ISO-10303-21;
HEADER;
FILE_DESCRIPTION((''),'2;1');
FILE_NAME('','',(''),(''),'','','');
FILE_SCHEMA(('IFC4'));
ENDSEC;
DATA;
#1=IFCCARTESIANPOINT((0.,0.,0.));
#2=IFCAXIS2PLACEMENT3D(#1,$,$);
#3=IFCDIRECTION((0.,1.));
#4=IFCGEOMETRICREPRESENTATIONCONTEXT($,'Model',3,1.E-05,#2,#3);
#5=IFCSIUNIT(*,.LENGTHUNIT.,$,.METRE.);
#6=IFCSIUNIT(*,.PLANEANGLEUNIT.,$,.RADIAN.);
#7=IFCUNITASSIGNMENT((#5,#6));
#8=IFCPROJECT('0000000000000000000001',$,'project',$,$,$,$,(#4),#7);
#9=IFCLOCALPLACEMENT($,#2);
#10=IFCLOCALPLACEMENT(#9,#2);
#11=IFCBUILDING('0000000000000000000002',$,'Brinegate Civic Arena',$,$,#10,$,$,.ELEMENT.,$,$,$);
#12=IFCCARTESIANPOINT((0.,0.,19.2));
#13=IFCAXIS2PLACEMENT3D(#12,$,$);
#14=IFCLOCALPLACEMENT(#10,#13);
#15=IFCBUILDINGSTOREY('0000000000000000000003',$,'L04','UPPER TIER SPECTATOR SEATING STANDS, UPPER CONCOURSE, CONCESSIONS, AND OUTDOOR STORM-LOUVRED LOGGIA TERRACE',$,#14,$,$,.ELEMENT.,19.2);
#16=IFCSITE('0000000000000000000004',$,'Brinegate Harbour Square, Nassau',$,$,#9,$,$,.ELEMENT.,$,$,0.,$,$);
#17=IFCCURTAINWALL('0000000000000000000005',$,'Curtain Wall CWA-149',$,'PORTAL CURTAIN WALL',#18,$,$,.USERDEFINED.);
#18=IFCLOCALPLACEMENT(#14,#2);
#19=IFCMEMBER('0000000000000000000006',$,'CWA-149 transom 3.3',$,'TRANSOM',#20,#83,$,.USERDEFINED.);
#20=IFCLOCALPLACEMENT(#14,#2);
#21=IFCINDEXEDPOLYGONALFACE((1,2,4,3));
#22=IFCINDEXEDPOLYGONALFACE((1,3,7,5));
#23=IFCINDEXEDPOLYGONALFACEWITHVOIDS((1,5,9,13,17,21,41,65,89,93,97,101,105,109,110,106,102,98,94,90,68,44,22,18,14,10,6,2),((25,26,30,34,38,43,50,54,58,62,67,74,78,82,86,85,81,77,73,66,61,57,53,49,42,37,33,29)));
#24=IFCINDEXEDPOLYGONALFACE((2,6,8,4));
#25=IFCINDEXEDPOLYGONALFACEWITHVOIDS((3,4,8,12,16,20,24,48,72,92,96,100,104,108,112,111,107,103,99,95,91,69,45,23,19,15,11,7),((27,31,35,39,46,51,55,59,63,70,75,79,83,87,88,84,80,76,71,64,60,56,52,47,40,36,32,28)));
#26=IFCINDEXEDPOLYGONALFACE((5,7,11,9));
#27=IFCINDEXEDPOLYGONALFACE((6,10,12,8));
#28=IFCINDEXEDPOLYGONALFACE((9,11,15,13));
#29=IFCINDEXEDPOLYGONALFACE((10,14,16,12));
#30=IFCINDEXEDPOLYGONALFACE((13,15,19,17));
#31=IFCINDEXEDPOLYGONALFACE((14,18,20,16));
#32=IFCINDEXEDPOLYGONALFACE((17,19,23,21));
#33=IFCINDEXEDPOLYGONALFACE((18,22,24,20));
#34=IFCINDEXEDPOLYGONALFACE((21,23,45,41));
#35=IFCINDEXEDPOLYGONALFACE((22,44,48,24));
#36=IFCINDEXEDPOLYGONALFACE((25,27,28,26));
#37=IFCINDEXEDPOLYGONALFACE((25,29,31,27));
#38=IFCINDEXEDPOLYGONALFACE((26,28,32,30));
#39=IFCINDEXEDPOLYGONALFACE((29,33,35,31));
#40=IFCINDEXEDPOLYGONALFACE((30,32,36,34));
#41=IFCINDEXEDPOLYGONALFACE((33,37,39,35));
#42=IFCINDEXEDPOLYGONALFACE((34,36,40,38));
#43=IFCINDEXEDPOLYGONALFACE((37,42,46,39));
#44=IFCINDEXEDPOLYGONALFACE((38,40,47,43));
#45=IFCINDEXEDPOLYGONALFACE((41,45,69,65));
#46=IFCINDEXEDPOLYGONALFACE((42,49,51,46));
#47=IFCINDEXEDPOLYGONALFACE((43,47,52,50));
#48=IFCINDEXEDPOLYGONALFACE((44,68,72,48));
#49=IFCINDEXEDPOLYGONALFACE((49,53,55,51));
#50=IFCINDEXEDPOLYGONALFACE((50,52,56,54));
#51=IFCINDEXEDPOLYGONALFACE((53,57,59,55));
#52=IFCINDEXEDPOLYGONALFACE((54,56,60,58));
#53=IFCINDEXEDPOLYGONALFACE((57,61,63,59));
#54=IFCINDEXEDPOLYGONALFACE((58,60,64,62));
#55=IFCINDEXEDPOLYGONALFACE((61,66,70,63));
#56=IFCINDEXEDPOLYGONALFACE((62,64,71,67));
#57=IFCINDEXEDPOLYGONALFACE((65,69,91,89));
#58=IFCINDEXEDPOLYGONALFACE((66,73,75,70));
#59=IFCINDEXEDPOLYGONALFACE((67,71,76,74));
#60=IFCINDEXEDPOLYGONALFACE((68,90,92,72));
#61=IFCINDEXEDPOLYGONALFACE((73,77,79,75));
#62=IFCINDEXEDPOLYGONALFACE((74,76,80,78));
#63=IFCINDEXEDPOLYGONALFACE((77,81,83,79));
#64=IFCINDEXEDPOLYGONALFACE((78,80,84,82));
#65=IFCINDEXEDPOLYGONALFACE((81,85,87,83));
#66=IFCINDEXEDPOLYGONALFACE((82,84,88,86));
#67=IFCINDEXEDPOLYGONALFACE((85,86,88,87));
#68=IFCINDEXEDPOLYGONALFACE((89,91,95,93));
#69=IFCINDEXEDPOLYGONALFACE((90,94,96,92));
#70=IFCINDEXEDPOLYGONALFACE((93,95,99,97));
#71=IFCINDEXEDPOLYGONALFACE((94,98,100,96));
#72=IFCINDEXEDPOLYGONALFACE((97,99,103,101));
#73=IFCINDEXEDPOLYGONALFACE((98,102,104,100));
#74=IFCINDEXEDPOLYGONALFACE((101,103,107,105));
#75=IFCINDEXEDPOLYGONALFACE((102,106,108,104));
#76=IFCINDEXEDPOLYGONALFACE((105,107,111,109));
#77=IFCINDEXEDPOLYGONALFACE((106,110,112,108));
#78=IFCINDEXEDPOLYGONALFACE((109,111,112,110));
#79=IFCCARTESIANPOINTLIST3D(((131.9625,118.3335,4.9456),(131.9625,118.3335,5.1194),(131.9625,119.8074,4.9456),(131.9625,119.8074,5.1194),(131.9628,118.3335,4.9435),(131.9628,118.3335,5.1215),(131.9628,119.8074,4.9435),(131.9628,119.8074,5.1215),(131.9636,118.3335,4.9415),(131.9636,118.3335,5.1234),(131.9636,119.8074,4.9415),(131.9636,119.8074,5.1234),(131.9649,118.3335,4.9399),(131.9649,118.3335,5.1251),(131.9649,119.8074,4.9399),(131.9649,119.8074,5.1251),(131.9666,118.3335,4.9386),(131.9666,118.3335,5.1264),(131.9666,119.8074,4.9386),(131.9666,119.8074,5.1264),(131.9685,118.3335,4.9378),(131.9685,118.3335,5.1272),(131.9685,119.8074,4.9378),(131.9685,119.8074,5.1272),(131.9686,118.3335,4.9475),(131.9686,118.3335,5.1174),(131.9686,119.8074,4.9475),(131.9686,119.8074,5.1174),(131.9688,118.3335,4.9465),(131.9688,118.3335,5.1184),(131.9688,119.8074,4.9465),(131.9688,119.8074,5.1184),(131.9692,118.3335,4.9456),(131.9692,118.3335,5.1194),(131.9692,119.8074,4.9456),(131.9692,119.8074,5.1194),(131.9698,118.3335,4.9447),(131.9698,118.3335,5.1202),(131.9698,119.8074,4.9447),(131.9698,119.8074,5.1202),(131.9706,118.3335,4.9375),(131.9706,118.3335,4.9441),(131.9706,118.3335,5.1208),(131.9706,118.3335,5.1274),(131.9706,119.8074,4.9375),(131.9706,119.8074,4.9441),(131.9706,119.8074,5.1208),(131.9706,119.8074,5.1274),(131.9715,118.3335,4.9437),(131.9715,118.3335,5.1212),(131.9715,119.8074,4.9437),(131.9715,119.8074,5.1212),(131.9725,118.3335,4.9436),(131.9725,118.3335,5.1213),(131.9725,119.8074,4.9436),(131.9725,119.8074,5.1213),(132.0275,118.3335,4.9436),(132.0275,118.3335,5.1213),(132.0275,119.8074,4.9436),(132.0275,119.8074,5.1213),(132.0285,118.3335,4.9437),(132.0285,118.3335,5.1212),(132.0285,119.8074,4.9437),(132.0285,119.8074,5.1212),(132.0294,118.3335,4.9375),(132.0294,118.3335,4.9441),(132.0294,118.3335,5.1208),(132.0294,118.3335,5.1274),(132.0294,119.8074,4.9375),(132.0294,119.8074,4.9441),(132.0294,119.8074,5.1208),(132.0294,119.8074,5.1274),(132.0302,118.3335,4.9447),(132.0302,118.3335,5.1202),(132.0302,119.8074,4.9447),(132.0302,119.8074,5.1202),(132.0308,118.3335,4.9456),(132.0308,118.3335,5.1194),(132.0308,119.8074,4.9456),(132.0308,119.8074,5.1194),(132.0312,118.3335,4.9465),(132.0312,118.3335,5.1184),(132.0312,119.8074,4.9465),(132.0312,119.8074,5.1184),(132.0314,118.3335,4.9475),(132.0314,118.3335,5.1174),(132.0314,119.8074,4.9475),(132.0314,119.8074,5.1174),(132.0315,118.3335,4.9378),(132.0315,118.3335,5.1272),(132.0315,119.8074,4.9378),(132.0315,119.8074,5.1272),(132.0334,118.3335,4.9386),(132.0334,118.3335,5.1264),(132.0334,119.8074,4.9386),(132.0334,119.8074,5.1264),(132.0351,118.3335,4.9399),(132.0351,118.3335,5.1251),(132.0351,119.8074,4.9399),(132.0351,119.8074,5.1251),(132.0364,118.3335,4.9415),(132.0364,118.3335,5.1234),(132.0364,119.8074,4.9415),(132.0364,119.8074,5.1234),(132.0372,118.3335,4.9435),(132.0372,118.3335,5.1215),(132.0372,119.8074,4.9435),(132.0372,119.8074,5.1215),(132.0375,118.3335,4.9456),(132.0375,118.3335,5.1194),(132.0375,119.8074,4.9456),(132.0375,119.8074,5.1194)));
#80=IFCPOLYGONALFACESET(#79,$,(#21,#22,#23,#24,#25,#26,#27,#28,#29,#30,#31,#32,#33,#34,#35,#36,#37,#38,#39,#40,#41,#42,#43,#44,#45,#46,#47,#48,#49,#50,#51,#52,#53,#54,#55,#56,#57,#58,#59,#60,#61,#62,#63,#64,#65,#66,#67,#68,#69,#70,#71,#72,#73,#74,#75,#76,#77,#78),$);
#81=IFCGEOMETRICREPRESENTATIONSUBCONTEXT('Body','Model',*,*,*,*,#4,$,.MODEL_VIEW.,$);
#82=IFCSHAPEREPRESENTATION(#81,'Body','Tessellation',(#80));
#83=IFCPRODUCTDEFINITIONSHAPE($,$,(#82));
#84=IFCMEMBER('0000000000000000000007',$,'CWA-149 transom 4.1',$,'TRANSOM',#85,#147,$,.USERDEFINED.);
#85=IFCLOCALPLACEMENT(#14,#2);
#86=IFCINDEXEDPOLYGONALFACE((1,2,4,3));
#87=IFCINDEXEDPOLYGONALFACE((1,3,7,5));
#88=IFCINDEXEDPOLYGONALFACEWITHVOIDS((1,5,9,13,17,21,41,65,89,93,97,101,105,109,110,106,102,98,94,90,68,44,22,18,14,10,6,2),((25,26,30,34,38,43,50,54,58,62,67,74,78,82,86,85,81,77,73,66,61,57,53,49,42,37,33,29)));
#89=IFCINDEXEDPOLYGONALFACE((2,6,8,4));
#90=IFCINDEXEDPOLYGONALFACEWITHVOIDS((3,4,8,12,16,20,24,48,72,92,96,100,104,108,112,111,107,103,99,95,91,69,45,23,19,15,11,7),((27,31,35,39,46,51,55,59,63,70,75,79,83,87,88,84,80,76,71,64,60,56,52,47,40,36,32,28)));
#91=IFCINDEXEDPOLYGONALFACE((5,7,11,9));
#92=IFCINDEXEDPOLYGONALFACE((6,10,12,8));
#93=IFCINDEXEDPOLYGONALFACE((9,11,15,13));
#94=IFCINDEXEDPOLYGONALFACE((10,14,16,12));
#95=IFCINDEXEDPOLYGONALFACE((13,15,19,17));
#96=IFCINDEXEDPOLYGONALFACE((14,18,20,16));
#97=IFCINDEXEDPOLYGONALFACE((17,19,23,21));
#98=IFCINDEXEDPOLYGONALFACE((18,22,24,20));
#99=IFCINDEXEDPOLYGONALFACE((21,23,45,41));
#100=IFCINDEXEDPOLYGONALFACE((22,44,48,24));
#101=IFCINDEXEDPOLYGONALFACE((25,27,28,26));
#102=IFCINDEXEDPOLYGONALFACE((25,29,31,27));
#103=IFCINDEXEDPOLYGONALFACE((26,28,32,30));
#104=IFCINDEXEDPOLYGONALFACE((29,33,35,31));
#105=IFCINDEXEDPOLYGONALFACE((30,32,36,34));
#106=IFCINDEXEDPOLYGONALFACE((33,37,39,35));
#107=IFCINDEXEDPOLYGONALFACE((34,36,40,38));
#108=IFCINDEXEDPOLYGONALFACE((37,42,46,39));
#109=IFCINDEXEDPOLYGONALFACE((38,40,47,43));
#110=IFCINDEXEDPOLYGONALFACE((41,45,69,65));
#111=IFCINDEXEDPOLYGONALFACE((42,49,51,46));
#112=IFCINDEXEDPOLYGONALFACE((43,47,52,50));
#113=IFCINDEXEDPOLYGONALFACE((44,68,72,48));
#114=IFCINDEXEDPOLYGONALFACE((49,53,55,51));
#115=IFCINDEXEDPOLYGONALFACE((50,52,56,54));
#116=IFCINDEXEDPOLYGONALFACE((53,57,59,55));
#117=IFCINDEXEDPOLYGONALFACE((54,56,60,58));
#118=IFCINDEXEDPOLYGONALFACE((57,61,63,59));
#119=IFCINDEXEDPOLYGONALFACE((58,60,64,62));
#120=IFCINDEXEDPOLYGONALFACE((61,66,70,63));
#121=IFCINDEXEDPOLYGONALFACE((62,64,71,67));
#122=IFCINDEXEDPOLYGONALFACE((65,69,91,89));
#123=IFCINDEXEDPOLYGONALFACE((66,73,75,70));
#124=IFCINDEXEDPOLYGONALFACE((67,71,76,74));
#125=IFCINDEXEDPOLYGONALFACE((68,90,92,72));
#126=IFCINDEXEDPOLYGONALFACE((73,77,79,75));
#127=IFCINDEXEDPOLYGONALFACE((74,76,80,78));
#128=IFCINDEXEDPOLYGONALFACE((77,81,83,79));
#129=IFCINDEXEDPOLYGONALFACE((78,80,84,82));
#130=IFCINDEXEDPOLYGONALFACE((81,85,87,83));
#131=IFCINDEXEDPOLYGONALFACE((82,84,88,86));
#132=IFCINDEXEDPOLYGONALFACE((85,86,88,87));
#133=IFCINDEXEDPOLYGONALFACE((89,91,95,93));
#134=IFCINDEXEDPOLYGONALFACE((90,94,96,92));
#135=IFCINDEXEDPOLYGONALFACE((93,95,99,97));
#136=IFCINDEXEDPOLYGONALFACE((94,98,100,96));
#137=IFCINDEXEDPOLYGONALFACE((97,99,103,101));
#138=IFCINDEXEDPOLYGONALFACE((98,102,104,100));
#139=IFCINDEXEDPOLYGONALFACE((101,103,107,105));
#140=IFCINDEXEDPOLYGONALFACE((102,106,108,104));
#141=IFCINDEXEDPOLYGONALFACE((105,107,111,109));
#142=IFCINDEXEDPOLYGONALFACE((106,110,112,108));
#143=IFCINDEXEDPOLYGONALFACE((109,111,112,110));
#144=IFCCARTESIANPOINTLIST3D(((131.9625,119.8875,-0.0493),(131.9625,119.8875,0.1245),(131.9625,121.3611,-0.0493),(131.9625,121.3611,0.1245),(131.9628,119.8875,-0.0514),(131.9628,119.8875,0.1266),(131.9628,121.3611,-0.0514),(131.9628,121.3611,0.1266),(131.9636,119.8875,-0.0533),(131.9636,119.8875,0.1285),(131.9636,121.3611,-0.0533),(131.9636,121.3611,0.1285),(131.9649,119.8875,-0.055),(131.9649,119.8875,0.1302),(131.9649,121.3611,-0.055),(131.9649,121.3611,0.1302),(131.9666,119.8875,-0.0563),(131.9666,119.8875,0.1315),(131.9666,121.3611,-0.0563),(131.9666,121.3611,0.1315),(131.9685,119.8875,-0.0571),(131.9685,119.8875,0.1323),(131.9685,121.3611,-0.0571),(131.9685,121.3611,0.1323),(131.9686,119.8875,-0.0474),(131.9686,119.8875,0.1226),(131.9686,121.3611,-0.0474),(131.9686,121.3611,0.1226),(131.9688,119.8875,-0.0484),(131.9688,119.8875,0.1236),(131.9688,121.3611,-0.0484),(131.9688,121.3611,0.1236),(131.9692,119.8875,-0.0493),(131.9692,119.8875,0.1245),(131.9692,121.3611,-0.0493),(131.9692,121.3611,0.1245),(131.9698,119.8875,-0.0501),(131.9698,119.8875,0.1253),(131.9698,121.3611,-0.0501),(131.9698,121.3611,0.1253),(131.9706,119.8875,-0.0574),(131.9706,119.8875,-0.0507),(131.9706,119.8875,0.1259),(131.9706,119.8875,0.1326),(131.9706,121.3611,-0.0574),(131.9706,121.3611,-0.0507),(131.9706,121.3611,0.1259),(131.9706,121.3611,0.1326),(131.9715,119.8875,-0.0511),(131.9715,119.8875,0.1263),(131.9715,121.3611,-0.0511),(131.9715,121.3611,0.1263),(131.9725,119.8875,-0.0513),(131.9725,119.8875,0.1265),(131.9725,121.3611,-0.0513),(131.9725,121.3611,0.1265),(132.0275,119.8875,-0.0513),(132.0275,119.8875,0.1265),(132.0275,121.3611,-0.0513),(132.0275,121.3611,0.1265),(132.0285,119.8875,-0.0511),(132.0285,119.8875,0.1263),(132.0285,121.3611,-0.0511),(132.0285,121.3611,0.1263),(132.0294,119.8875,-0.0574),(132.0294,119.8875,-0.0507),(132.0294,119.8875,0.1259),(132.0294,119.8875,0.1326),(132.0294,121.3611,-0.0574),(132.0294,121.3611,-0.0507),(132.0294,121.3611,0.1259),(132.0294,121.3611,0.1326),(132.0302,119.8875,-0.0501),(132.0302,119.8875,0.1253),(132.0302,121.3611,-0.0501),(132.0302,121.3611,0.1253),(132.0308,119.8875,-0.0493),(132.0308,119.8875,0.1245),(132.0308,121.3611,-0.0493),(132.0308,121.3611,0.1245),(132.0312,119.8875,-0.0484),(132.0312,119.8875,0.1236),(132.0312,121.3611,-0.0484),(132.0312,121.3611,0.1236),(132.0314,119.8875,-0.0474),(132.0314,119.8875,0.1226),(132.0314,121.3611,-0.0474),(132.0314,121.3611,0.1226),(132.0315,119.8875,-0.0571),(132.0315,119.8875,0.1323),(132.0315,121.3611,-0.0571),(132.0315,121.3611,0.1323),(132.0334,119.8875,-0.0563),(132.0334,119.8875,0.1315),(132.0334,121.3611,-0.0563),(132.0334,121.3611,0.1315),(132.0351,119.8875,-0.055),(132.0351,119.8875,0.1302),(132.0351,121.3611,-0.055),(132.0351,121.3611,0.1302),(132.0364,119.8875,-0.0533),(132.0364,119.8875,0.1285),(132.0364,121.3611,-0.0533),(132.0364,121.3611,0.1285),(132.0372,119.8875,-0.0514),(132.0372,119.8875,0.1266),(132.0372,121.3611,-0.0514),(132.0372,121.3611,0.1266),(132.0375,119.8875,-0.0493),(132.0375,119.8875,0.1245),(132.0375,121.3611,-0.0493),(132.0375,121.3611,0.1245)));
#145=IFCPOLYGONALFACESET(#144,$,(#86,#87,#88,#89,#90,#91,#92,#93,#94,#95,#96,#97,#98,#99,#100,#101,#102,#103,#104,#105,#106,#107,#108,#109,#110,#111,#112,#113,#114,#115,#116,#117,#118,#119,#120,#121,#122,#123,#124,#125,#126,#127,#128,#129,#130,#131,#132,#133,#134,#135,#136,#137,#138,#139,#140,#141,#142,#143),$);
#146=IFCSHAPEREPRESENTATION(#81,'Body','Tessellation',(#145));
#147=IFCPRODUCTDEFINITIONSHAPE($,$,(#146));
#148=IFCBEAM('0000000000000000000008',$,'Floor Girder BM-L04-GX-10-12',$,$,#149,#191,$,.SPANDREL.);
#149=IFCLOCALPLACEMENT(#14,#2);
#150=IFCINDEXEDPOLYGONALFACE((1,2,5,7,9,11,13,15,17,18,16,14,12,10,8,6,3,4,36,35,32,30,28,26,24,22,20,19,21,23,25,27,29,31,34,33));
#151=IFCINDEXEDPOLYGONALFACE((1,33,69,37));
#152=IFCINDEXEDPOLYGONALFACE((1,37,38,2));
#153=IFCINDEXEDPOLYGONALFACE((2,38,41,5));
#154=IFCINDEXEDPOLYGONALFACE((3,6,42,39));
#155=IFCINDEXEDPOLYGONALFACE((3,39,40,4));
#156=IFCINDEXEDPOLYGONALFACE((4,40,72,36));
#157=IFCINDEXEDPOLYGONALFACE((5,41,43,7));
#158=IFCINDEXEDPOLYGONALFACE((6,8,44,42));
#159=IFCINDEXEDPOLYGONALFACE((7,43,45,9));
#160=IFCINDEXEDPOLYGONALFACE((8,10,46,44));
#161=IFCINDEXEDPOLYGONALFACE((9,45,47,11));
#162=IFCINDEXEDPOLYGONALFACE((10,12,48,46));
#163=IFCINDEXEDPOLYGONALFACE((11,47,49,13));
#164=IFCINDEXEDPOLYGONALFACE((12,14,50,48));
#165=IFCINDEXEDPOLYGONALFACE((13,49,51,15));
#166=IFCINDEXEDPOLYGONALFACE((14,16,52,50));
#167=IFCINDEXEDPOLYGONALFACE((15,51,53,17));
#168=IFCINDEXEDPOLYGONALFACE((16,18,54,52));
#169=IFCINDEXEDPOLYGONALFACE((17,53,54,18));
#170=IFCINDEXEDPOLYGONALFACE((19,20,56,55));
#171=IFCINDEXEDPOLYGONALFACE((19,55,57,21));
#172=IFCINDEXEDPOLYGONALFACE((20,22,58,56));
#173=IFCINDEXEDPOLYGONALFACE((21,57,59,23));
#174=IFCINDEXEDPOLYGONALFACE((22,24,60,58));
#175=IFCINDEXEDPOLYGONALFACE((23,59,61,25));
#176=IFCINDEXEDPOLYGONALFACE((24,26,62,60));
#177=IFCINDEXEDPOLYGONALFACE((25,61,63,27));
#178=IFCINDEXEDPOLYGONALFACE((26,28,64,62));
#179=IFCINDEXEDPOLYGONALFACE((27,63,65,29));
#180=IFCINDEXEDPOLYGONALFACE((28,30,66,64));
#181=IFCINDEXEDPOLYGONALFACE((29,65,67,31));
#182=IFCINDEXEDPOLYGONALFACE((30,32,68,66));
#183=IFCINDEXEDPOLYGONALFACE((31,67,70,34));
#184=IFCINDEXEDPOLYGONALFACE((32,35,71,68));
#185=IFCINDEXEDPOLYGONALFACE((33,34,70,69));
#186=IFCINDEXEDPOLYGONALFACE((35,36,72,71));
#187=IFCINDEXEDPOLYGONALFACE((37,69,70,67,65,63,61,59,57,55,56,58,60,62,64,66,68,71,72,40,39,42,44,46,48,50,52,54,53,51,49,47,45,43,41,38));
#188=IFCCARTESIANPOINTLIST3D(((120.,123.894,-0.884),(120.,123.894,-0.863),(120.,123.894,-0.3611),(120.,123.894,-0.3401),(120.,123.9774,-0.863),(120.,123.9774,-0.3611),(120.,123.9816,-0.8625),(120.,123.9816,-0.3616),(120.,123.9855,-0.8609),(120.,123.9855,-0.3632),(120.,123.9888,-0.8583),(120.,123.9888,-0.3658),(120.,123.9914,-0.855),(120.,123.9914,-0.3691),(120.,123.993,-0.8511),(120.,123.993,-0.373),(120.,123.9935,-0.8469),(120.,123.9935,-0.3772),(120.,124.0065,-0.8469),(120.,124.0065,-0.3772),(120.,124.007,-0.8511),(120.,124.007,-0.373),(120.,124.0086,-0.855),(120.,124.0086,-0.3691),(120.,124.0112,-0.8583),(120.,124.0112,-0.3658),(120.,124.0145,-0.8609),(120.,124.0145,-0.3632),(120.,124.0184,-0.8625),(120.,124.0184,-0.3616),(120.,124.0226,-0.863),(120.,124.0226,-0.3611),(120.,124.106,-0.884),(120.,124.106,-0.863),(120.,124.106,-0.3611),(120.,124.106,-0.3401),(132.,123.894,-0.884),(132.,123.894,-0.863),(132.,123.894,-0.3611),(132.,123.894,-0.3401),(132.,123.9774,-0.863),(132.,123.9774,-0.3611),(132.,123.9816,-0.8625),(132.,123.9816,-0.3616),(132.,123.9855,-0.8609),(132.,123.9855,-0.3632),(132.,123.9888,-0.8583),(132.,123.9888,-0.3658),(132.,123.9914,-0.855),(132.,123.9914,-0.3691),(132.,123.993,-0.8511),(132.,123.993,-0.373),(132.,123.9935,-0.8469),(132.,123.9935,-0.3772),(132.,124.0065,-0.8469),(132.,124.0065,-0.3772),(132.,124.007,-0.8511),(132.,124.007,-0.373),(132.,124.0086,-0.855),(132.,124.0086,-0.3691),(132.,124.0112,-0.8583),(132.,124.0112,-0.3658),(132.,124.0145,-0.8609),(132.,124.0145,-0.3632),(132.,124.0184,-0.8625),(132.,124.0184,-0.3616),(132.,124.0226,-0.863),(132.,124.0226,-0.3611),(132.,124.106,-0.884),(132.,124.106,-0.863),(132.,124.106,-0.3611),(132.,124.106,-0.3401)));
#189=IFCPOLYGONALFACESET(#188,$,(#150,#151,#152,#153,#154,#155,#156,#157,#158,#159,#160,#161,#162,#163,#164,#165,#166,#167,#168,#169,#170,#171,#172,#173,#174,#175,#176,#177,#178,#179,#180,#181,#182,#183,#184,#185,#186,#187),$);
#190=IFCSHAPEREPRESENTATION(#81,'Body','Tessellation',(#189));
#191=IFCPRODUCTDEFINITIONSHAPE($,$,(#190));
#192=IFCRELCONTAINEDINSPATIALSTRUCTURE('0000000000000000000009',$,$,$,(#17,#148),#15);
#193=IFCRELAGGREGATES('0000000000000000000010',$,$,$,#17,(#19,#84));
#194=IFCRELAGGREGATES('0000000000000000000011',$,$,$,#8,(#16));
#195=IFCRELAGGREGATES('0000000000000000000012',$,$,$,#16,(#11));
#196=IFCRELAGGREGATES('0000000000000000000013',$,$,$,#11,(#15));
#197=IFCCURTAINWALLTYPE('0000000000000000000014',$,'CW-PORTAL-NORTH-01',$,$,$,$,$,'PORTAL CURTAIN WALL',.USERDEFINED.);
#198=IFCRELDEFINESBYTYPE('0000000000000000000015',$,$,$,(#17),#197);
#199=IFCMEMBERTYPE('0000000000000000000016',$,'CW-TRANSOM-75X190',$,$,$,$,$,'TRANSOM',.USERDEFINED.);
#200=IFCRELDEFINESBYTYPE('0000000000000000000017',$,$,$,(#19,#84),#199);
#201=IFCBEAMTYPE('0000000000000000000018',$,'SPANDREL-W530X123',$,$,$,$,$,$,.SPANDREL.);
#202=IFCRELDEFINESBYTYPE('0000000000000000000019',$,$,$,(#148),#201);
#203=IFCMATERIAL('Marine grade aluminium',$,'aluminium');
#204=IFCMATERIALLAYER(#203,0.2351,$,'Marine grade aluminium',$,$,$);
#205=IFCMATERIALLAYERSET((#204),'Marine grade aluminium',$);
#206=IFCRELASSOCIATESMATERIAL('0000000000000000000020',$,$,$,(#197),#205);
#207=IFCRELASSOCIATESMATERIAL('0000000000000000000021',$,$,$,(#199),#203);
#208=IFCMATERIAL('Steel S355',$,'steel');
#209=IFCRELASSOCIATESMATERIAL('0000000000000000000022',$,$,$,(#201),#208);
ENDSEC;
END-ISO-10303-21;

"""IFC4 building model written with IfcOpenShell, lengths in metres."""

from ifc_helpers import new_model, si_unit, direction, frame, origin, origin_2d, place, context, subcontext, project, spatial, hollow_rectangle, i_section, extrude, material, layer, layer_set, material_profile, profile_set, type_object, element, aggregate, save


model = new_model("IFC4")

# Units and contexts
model_context = context("Model", 3, precision=1e-05, world=origin(), true_north=direction((0.0, 1.0)))
body_context = subcontext(model_context, "Body", "Model", "MODEL_VIEW")
ifc_project = project(units=[si_unit("LENGTHUNIT", "METRE"), si_unit("PLANEANGLEUNIT", "RADIAN")], contexts=[model_context])

# Site, building, storey
site_placement = place(None, origin())
site = spatial("IfcSite", under=ifc_project, at=site_placement, Name="Brinegate Harbour Square, Nassau", CompositionType="ELEMENT", RefElevation=0.0)
building_placement = place(site_placement, origin())
building = spatial("IfcBuilding", under=site, at=building_placement, Name="Brinegate Civic Arena", CompositionType="ELEMENT")
storey_placement = place(building_placement, frame((0.0, 0.0, 19.2)))
storey = spatial("IfcBuildingStorey", under=building, at=storey_placement, Name="L04", Description="UPPER TIER SPECTATOR SEATING STANDS, UPPER CONCOURSE, CONCESSIONS, AND OUTDOOR STORM-LOUVRED LOGGIA TERRACE", CompositionType="ELEMENT", Elevation=19.2)

# Curtain wall, members
ifc_material_1 = material(Name="Marine grade aluminium", Category="aluminium")
ifc_layer_1 = layer(ifc_material_1, 0.2351, Name="Marine grade aluminium")
ifc_layer_set_1 = layer_set([ifc_layer_1], Name="Marine grade aluminium")
curtain_wall_type = type_object("IfcCurtainWallType", Name="CW-PORTAL-NORTH-01", ElementType="PORTAL CURTAIN WALL", PredefinedType="USERDEFINED", material=ifc_layer_set_1)
curtain_wall_placement = place(storey_placement, origin())
curtain_wall = element("IfcCurtainWall", 1, at=curtain_wall_placement, inside=storey, type_object=curtain_wall_type, Name="Curtain Wall CWA-149", ObjectType="PORTAL CURTAIN WALL", PredefinedType="USERDEFINED")
ifc_material_profile_1 = material_profile(ifc_material_1, hollow_rectangle(XDim=0.075, YDim=0.1899, WallThickness=0.0061, InnerFilletRadius=0.0039, OuterFilletRadius=0.0081, at=origin_2d()), Name="TRN75X190")
ifc_profile_set_1 = profile_set([ifc_material_profile_1], Name="Marine grade aluminium")
member_type_1 = type_object("IfcMemberType", Name="CW-TRANSOM-75X190", ElementType="TRANSOM", PredefinedType="USERDEFINED", material=ifc_profile_set_1)
member_1_placement = place(storey_placement, frame((132.0, 118.3335, 5.0325), z_axis=(0.0, 1.0, 0.0), x_axis=(-1.0, 0.0, 0.0)))
member_1 = element("IfcMember", 2, at=member_1_placement, type_object=member_type_1, Name="CWA-149 transom 3.3", ObjectType="TRANSOM", PredefinedType="USERDEFINED", context=body_context, shape_type="SweptSolid", body=[
    extrude(hollow_rectangle(XDim=0.075, YDim=0.1899, WallThickness=0.0061, InnerFilletRadius=0.0039, OuterFilletRadius=0.0081, at=origin_2d()), origin(), (0.0, 0.0, 1.0), 1.4739),
])
member_2_placement = place(storey_placement, frame((132.0, 119.8875, 0.0376), z_axis=(0.0, 1.0, 0.0), x_axis=(-1.0, 0.0, 0.0)))
member_2 = element("IfcMember", 3, at=member_2_placement, type_object=member_type_1, Name="CWA-149 transom 4.1", ObjectType="TRANSOM", PredefinedType="USERDEFINED", context=body_context, shape_type="SweptSolid", body=[
    extrude(hollow_rectangle(XDim=0.075, YDim=0.1899, WallThickness=0.0061, InnerFilletRadius=0.0039, OuterFilletRadius=0.0081, at=origin_2d()), origin(), (0.0, 0.0, 1.0), 1.4736),
])

# Beam
ifc_material_2 = material(Name="Steel S355", Category="steel")
ifc_material_profile_2 = material_profile(ifc_material_2, i_section(OverallWidth=0.2119, OverallDepth=0.5439, WebThickness=0.0129, FlangeThickness=0.021, FilletRadius=0.0161, at=origin_2d()), Name="W530X123")
ifc_profile_set_2 = profile_set([ifc_material_profile_2], Name="Steel S355")
beam_type = type_object("IfcBeamType", Name="SPANDREL-W530X123", PredefinedType="SPANDREL", material=ifc_profile_set_2)
beam_placement = place(storey_placement, frame((120.0, 124.0, -0.6121), z_axis=(1.0, 0.0, 0.0), x_axis=(0.0, 1.0, 0.0)))
element("IfcBeam", 4, at=beam_placement, inside=storey, type_object=beam_type, Name="Floor Girder BM-L04-GX-10-12", PredefinedType="SPANDREL", context=body_context, shape_type="SweptSolid", body=[
    extrude(i_section(OverallWidth=0.2119, OverallDepth=0.5439, WebThickness=0.0129, FlangeThickness=0.021, FilletRadius=0.0161, at=origin_2d()), origin(), (0.0, 0.0, 1.0), 12.0),
])

aggregate(curtain_wall, [member_1, member_2])

save(model, "model.ifc")
